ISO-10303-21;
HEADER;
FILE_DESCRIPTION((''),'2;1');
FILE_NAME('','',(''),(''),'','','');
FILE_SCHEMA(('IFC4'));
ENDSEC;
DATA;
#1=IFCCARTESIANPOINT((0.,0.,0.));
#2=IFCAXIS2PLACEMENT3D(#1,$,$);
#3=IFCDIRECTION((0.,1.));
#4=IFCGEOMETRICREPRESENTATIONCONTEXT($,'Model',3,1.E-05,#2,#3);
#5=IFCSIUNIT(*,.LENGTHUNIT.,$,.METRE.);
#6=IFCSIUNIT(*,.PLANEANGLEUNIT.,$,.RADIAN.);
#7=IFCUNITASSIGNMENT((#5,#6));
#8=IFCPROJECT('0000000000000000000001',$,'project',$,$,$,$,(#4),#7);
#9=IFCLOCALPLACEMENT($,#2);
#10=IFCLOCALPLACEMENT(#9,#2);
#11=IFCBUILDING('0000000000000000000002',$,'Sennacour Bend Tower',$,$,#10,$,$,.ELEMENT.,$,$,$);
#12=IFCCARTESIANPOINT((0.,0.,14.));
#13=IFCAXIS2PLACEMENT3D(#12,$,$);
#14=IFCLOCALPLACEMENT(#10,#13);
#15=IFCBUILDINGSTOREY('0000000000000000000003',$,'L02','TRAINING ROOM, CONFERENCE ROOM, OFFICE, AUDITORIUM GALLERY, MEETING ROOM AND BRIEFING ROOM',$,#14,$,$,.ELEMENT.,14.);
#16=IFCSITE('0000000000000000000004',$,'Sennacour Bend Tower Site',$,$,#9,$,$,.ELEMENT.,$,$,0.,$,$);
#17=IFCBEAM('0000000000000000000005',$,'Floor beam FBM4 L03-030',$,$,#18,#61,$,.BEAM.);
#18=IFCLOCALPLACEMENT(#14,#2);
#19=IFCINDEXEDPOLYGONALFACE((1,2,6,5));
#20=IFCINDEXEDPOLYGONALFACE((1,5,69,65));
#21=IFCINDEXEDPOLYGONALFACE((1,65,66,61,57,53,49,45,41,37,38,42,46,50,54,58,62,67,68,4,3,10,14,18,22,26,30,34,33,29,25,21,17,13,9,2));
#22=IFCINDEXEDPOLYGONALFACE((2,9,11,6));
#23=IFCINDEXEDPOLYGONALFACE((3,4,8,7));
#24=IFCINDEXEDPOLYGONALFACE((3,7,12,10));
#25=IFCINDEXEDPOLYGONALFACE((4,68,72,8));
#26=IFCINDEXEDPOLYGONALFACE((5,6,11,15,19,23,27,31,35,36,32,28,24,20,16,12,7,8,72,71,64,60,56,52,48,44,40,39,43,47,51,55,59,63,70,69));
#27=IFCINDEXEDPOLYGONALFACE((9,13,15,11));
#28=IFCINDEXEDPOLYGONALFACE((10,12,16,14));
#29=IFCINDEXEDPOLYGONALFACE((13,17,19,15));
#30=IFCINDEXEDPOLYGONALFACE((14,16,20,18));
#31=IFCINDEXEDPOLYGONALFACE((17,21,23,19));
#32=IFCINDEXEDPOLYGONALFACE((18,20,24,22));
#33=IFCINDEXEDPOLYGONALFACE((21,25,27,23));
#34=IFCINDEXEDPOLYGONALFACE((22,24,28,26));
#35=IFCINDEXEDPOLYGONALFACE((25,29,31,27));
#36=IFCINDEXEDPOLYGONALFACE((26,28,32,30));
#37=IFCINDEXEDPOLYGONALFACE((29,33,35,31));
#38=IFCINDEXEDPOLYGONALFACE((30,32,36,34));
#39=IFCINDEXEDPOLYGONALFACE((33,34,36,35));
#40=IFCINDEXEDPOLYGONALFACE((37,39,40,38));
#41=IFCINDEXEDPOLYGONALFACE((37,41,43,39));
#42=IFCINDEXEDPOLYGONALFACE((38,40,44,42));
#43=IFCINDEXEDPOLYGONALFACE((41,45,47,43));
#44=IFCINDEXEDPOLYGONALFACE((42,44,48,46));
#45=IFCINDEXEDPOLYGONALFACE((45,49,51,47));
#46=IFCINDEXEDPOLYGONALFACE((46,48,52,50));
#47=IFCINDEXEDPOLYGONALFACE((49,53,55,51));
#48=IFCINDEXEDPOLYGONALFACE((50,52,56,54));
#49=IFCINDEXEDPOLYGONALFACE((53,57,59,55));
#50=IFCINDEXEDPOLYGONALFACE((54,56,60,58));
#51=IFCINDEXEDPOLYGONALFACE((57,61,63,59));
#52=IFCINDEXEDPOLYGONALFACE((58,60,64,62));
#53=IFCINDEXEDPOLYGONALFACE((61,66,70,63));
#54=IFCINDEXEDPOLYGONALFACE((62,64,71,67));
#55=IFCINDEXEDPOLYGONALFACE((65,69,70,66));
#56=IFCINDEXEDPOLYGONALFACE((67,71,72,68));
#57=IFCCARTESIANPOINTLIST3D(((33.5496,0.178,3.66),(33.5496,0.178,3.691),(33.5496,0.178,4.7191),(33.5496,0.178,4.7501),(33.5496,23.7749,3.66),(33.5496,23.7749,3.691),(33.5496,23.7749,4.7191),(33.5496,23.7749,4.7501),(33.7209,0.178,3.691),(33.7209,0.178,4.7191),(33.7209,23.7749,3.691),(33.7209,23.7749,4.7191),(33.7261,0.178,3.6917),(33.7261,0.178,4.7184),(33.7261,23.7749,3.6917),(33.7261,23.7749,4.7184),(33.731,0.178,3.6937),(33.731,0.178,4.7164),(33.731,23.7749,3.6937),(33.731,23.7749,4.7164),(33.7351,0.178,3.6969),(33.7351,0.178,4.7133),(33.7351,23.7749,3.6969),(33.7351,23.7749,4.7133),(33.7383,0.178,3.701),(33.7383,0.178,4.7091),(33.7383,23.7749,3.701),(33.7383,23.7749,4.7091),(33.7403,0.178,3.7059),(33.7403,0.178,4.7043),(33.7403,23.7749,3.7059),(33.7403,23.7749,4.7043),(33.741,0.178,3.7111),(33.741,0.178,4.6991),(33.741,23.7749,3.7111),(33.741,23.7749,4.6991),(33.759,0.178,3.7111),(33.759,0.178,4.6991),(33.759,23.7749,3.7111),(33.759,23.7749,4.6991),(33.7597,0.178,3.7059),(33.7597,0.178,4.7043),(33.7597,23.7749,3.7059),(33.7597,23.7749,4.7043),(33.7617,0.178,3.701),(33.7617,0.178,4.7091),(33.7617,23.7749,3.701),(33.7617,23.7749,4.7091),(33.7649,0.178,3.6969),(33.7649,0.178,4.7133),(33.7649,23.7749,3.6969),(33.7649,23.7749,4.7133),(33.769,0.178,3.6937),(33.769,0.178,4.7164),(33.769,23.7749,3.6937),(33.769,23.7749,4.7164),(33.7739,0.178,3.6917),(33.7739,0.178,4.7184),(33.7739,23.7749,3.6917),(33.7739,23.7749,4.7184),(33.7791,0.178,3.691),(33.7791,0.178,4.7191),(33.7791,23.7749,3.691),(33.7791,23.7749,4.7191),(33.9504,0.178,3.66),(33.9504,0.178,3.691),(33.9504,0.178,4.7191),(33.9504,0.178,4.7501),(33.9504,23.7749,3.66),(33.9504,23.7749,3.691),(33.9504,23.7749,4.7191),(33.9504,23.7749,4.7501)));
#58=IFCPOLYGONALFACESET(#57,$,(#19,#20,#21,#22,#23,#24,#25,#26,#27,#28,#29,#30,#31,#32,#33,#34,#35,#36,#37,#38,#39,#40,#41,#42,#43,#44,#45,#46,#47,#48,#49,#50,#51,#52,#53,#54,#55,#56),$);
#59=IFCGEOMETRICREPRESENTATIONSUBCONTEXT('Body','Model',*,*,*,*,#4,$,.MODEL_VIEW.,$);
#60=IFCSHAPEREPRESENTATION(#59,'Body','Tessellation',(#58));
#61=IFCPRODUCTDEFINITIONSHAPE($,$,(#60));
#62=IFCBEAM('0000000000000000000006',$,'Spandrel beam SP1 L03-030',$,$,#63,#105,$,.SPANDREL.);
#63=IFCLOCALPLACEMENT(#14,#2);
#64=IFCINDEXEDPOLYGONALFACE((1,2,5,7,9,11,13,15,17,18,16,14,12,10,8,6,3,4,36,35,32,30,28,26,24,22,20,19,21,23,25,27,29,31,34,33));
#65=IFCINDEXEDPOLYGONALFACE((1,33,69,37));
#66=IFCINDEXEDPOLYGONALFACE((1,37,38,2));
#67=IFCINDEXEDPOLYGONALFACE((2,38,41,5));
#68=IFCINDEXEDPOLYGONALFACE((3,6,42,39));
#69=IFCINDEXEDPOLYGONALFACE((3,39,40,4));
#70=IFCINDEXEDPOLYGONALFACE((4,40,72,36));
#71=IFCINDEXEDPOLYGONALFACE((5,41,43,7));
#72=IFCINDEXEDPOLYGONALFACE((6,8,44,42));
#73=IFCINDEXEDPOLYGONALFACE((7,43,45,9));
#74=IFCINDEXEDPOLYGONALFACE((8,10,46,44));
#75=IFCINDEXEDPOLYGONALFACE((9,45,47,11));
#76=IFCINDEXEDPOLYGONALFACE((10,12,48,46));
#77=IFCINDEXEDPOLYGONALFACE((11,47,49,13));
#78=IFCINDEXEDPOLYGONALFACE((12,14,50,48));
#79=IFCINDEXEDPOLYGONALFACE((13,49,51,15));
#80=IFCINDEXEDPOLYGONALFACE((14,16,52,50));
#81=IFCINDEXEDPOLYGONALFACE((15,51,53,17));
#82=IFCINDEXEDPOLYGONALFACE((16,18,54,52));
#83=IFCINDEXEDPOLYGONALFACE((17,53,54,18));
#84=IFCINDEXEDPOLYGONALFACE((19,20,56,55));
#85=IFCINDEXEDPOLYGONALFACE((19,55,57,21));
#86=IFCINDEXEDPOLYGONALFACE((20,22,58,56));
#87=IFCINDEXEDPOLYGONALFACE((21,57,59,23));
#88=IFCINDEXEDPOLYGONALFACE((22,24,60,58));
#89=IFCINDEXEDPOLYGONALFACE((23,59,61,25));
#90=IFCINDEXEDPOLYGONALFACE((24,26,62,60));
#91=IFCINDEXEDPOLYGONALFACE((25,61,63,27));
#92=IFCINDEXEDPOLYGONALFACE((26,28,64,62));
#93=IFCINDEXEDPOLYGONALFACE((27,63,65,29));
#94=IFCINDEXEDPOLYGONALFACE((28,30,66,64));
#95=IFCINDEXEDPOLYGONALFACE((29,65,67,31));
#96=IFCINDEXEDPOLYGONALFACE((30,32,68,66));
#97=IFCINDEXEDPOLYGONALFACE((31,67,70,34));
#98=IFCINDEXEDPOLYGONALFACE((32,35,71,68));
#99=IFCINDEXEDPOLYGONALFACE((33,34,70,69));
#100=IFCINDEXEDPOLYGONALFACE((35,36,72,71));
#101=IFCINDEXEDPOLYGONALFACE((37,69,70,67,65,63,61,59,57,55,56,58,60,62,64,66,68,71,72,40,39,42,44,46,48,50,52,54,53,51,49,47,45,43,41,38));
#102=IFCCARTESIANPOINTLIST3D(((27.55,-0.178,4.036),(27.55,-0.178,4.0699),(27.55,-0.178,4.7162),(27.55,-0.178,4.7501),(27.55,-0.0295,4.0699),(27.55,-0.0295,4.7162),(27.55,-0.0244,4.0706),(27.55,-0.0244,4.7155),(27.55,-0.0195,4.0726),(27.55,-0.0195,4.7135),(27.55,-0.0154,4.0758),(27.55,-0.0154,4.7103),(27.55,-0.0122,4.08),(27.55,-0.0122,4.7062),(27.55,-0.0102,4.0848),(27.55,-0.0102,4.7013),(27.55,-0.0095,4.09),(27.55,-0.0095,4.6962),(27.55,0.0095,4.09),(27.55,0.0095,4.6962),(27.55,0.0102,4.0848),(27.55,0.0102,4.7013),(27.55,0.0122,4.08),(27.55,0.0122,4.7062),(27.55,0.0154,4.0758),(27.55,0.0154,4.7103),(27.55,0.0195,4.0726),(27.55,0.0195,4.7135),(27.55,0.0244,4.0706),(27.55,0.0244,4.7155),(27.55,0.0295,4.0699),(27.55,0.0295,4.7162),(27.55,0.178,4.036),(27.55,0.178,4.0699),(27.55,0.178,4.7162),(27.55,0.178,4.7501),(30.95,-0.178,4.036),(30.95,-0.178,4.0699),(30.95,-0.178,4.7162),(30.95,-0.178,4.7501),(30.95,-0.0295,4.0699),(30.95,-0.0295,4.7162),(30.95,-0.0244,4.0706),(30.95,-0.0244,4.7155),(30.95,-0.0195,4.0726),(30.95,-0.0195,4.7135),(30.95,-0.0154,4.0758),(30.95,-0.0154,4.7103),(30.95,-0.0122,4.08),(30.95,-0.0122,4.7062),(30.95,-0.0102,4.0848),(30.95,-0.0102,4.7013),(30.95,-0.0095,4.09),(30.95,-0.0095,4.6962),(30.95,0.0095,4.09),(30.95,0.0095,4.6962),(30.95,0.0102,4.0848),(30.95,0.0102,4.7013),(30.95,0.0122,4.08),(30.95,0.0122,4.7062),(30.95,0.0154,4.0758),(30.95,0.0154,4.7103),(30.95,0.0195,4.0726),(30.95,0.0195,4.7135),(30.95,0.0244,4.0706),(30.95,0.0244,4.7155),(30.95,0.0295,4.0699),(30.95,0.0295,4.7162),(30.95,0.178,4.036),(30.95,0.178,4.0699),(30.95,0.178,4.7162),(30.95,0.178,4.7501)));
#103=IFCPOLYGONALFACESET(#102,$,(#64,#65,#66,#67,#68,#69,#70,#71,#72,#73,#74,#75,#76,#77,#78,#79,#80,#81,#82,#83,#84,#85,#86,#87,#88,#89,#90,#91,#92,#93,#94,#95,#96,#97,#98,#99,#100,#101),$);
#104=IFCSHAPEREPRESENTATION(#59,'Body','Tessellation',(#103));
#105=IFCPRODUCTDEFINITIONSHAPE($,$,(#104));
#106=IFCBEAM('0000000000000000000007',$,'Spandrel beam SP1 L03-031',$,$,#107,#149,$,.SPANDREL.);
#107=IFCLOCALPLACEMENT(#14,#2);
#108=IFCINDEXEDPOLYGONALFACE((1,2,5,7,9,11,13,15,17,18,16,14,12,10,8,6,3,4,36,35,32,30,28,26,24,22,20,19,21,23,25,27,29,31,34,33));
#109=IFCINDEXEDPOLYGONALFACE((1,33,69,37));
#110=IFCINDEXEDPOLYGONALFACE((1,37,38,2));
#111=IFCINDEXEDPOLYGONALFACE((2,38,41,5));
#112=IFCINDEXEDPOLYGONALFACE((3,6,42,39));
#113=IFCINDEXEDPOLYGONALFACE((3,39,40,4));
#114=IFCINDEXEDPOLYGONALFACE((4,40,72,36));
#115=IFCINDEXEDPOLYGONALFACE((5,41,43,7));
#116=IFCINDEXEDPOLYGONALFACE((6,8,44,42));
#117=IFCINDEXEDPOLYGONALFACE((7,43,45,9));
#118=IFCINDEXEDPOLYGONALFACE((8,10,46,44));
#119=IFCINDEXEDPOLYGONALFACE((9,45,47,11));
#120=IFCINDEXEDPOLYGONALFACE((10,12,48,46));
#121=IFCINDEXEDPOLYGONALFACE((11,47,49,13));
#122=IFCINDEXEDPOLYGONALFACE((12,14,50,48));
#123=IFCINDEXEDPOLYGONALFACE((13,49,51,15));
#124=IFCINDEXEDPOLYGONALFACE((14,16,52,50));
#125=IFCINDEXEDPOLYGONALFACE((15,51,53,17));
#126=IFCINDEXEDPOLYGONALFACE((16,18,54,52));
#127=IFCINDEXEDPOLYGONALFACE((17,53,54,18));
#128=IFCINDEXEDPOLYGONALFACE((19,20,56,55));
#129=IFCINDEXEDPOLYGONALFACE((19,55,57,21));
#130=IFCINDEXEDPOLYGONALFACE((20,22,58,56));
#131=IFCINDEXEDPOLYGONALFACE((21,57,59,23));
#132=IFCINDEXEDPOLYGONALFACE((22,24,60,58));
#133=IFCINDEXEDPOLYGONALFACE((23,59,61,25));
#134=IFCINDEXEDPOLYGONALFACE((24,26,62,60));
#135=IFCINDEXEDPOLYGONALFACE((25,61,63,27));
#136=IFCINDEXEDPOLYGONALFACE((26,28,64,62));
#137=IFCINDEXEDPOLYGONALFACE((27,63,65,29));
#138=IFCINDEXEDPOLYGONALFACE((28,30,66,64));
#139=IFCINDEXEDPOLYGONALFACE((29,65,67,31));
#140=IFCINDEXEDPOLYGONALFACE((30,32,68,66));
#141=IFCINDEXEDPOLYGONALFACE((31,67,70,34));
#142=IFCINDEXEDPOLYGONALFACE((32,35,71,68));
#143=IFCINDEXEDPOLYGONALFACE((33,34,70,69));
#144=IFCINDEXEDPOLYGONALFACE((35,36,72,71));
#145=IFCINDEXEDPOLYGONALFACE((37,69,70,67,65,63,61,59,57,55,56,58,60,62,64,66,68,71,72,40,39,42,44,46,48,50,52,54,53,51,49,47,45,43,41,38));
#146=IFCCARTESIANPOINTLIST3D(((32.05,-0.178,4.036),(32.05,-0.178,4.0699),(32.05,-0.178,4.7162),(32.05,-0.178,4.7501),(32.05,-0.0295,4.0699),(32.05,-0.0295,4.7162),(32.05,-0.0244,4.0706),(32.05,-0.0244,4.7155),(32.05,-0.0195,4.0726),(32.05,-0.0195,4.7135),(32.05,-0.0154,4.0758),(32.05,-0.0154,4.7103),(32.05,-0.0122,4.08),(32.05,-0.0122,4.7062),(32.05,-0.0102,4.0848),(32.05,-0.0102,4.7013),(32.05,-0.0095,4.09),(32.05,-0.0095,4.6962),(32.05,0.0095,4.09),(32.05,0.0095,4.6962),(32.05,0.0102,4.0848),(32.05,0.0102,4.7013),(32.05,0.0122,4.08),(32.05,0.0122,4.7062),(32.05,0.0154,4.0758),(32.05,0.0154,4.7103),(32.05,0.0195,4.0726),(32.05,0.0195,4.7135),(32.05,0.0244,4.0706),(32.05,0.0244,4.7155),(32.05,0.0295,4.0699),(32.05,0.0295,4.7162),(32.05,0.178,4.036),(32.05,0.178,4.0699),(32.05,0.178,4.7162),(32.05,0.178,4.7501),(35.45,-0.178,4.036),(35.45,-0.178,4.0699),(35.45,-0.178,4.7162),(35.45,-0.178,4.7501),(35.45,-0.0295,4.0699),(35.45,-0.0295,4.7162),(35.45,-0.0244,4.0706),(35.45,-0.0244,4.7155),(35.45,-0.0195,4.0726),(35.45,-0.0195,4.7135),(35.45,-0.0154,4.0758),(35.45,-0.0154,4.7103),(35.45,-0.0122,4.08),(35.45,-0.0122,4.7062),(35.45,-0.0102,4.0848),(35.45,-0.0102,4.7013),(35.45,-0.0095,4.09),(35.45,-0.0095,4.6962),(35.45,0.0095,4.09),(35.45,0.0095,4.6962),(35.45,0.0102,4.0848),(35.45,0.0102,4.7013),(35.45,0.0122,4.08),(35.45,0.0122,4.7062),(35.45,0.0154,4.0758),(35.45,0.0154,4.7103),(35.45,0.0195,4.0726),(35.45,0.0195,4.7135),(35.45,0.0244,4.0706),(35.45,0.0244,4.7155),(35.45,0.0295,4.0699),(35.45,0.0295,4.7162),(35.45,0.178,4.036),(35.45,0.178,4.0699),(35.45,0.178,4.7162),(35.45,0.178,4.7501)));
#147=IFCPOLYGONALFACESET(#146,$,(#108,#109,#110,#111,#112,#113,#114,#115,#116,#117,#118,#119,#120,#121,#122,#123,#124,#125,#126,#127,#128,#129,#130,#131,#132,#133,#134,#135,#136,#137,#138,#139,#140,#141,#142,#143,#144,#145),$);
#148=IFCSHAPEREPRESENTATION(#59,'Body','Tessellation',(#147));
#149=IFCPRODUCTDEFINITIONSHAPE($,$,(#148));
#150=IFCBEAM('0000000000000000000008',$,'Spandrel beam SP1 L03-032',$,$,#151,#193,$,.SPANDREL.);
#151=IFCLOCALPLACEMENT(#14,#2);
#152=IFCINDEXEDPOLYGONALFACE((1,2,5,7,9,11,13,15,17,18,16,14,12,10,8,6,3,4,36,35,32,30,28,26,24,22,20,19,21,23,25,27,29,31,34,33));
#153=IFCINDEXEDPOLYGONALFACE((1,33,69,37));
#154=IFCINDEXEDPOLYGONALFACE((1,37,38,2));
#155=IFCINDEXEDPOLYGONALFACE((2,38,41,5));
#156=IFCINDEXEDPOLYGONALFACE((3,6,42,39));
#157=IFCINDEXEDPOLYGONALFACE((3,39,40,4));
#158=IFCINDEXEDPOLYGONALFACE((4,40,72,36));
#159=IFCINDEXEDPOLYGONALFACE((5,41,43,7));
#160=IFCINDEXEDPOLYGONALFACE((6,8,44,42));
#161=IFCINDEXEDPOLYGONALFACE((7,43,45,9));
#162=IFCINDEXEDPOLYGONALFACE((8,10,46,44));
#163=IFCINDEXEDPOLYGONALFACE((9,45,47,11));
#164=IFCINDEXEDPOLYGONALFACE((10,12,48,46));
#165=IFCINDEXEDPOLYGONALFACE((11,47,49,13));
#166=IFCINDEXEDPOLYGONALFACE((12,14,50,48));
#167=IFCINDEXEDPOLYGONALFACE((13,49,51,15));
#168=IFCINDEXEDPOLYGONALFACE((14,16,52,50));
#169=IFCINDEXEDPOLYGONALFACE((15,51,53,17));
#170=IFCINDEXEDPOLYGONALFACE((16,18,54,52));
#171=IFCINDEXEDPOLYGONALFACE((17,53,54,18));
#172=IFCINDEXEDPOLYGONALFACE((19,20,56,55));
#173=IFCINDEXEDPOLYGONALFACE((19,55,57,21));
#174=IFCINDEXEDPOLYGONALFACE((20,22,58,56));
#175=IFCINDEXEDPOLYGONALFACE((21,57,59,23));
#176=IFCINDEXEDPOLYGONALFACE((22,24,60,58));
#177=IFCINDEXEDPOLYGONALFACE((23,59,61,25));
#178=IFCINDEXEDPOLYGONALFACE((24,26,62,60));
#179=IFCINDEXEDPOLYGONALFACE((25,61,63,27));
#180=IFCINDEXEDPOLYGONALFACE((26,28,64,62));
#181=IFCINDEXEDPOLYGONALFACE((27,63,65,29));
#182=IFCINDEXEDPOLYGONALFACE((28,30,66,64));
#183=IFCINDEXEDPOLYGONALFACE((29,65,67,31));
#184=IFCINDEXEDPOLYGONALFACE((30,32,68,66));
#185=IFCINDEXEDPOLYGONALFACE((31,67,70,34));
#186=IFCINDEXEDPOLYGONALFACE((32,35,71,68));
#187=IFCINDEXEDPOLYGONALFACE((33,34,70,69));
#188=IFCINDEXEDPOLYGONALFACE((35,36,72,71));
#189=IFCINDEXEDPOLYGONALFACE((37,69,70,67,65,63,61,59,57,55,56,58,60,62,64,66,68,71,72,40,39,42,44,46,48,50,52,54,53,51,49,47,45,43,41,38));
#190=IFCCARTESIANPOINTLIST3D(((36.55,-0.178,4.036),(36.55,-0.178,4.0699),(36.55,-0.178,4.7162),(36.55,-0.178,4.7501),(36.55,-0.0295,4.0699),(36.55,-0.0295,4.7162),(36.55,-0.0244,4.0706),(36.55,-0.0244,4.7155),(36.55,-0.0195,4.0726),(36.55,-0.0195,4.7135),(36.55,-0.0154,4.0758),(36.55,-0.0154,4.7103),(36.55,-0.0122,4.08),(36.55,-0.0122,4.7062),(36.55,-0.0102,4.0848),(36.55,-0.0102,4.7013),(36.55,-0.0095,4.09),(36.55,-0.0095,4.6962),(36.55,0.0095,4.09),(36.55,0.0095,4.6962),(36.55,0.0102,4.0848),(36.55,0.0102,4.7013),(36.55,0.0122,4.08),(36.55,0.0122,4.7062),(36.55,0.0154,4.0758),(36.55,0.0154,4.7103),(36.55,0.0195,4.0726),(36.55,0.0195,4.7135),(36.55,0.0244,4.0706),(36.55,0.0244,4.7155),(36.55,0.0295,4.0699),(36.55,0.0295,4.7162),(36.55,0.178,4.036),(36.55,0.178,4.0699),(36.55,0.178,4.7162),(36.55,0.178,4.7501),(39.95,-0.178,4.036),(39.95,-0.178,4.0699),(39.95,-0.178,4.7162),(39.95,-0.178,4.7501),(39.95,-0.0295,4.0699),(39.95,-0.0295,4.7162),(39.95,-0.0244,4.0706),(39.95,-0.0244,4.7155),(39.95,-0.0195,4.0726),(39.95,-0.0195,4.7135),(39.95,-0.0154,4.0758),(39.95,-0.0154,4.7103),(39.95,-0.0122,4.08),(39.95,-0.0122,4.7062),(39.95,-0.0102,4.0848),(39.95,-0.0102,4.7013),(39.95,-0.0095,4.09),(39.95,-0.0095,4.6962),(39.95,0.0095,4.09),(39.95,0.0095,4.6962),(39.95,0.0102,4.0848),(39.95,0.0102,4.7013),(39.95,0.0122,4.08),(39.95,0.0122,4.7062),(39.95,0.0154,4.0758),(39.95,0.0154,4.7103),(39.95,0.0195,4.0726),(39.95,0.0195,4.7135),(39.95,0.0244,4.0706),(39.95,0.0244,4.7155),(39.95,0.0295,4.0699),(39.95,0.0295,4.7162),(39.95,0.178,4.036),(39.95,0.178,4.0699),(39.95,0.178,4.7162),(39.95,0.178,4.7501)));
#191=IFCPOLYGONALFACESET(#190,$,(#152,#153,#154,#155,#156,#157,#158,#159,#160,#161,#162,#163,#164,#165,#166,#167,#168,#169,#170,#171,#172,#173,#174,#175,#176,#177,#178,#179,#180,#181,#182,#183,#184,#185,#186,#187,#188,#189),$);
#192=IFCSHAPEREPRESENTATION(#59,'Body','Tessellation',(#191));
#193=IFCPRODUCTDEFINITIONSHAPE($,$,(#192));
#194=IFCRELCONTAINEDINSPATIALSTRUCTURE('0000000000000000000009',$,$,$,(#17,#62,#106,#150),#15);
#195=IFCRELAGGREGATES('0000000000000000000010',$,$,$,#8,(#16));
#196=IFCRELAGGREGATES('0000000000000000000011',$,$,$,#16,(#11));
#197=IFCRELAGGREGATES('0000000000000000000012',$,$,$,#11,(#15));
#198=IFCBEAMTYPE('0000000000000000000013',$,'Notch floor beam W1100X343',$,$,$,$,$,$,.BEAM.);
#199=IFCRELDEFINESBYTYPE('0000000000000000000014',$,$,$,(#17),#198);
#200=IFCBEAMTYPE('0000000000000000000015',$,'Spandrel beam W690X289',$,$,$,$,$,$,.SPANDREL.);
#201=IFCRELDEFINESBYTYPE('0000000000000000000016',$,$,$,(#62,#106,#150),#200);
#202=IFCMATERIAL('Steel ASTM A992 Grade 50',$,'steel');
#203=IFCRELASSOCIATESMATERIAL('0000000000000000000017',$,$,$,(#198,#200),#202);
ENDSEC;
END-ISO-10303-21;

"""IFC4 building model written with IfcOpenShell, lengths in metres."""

from ifc_helpers import new_model, si_unit, direction, frame, origin, origin_2d, place, context, subcontext, project, spatial, i_section, extrude, material, material_profile, profile_set, type_object, element, save


model = new_model("IFC4")

# Units and contexts
model_context = context("Model", 3, precision=1e-05, world=origin(), true_north=direction((0.0, 1.0)))
body_context = subcontext(model_context, "Body", "Model", "MODEL_VIEW")
ifc_project = project(units=[si_unit("LENGTHUNIT", "METRE"), si_unit("PLANEANGLEUNIT", "RADIAN")], contexts=[model_context])

# Site, building, storey
site_placement = place(None, origin())
site = spatial("IfcSite", under=ifc_project, at=site_placement, Name="Sennacour Bend Tower Site", CompositionType="ELEMENT", RefElevation=0.0)
building_placement = place(site_placement, origin())
building = spatial("IfcBuilding", under=site, at=building_placement, Name="Sennacour Bend Tower", CompositionType="ELEMENT")
storey_placement = place(building_placement, frame((0.0, 0.0, 14.0)))
storey = spatial("IfcBuildingStorey", under=building, at=storey_placement, Name="L02", Description="TRAINING ROOM, CONFERENCE ROOM, OFFICE, AUDITORIUM GALLERY, MEETING ROOM AND BRIEFING ROOM", CompositionType="ELEMENT", Elevation=14.0)

# Beams
ifc_material_1 = material(Name="Steel ASTM A992 Grade 50", Category="steel")
ifc_material_profile_1 = material_profile(ifc_material_1, i_section(OverallWidth=0.4009, OverallDepth=1.0901, WebThickness=0.0181, FlangeThickness=0.031, FilletRadius=0.02, at=origin_2d()), Name="Steel ASTM A992 Grade 50", Category="steel")
ifc_profile_set_1 = profile_set([ifc_material_profile_1], Name="Steel ASTM A992 Grade 50")
beam_type_1 = type_object("IfcBeamType", Name="Notch floor beam W1100X343", PredefinedType="BEAM", material=ifc_profile_set_1)
for number, where, z_axis, x_axis, name in (
    (1, (33.75, 0.178, 4.2051), (0.0, 1.0, 0.0), (-1.0, 0.0, 0.0), "Floor beam FBM4 L03-030"),
):
    element("IfcBeam", number, at=place(storey_placement, frame(where, z_axis=z_axis, x_axis=x_axis)), inside=storey, type_object=beam_type_1, Name=name, PredefinedType="BEAM", context=body_context, shape_type="SweptSolid", body=[
        extrude(i_section(OverallWidth=0.4009, OverallDepth=1.0901, WebThickness=0.0181, FlangeThickness=0.031, FilletRadius=0.02, at=origin_2d()), origin(), (0.0, 0.0, 1.0), 23.5969),
    ])
ifc_material_profile_2 = material_profile(ifc_material_1, i_section(OverallWidth=0.356, OverallDepth=0.7141, WebThickness=0.019, FlangeThickness=0.0339, FilletRadius=0.02, at=origin_2d()), Name="Steel ASTM A992 Grade 50", Category="steel")
ifc_profile_set_2 = profile_set([ifc_material_profile_2], Name="Steel ASTM A992 Grade 50")
beam_type_2 = type_object("IfcBeamType", Name="Spandrel beam W690X289", PredefinedType="SPANDREL", material=ifc_profile_set_2)
for number, where, z_axis, x_axis, name in (
    (2, (27.55, 0.0, 4.3931), (1.0, 0.0, 0.0), (0.0, 1.0, 0.0), "Spandrel beam SP1 L03-030"),
    (3, (32.05, 0.0, 4.3931), (1.0, 0.0, 0.0), (0.0, 1.0, 0.0), "Spandrel beam SP1 L03-031"),
    (4, (36.55, 0.0, 4.3931), (1.0, 0.0, 0.0), (0.0, 1.0, 0.0), "Spandrel beam SP1 L03-032"),
):
    element("IfcBeam", number, at=place(storey_placement, frame(where, z_axis=z_axis, x_axis=x_axis)), inside=storey, type_object=beam_type_2, Name=name, PredefinedType="SPANDREL", context=body_context, shape_type="SweptSolid", body=[
        extrude(i_section(OverallWidth=0.356, OverallDepth=0.7141, WebThickness=0.019, FlangeThickness=0.0339, FilletRadius=0.02, at=origin_2d()), origin(), (0.0, 0.0, 1.0), 3.3999),
    ])

save(model, "model.ifc")
